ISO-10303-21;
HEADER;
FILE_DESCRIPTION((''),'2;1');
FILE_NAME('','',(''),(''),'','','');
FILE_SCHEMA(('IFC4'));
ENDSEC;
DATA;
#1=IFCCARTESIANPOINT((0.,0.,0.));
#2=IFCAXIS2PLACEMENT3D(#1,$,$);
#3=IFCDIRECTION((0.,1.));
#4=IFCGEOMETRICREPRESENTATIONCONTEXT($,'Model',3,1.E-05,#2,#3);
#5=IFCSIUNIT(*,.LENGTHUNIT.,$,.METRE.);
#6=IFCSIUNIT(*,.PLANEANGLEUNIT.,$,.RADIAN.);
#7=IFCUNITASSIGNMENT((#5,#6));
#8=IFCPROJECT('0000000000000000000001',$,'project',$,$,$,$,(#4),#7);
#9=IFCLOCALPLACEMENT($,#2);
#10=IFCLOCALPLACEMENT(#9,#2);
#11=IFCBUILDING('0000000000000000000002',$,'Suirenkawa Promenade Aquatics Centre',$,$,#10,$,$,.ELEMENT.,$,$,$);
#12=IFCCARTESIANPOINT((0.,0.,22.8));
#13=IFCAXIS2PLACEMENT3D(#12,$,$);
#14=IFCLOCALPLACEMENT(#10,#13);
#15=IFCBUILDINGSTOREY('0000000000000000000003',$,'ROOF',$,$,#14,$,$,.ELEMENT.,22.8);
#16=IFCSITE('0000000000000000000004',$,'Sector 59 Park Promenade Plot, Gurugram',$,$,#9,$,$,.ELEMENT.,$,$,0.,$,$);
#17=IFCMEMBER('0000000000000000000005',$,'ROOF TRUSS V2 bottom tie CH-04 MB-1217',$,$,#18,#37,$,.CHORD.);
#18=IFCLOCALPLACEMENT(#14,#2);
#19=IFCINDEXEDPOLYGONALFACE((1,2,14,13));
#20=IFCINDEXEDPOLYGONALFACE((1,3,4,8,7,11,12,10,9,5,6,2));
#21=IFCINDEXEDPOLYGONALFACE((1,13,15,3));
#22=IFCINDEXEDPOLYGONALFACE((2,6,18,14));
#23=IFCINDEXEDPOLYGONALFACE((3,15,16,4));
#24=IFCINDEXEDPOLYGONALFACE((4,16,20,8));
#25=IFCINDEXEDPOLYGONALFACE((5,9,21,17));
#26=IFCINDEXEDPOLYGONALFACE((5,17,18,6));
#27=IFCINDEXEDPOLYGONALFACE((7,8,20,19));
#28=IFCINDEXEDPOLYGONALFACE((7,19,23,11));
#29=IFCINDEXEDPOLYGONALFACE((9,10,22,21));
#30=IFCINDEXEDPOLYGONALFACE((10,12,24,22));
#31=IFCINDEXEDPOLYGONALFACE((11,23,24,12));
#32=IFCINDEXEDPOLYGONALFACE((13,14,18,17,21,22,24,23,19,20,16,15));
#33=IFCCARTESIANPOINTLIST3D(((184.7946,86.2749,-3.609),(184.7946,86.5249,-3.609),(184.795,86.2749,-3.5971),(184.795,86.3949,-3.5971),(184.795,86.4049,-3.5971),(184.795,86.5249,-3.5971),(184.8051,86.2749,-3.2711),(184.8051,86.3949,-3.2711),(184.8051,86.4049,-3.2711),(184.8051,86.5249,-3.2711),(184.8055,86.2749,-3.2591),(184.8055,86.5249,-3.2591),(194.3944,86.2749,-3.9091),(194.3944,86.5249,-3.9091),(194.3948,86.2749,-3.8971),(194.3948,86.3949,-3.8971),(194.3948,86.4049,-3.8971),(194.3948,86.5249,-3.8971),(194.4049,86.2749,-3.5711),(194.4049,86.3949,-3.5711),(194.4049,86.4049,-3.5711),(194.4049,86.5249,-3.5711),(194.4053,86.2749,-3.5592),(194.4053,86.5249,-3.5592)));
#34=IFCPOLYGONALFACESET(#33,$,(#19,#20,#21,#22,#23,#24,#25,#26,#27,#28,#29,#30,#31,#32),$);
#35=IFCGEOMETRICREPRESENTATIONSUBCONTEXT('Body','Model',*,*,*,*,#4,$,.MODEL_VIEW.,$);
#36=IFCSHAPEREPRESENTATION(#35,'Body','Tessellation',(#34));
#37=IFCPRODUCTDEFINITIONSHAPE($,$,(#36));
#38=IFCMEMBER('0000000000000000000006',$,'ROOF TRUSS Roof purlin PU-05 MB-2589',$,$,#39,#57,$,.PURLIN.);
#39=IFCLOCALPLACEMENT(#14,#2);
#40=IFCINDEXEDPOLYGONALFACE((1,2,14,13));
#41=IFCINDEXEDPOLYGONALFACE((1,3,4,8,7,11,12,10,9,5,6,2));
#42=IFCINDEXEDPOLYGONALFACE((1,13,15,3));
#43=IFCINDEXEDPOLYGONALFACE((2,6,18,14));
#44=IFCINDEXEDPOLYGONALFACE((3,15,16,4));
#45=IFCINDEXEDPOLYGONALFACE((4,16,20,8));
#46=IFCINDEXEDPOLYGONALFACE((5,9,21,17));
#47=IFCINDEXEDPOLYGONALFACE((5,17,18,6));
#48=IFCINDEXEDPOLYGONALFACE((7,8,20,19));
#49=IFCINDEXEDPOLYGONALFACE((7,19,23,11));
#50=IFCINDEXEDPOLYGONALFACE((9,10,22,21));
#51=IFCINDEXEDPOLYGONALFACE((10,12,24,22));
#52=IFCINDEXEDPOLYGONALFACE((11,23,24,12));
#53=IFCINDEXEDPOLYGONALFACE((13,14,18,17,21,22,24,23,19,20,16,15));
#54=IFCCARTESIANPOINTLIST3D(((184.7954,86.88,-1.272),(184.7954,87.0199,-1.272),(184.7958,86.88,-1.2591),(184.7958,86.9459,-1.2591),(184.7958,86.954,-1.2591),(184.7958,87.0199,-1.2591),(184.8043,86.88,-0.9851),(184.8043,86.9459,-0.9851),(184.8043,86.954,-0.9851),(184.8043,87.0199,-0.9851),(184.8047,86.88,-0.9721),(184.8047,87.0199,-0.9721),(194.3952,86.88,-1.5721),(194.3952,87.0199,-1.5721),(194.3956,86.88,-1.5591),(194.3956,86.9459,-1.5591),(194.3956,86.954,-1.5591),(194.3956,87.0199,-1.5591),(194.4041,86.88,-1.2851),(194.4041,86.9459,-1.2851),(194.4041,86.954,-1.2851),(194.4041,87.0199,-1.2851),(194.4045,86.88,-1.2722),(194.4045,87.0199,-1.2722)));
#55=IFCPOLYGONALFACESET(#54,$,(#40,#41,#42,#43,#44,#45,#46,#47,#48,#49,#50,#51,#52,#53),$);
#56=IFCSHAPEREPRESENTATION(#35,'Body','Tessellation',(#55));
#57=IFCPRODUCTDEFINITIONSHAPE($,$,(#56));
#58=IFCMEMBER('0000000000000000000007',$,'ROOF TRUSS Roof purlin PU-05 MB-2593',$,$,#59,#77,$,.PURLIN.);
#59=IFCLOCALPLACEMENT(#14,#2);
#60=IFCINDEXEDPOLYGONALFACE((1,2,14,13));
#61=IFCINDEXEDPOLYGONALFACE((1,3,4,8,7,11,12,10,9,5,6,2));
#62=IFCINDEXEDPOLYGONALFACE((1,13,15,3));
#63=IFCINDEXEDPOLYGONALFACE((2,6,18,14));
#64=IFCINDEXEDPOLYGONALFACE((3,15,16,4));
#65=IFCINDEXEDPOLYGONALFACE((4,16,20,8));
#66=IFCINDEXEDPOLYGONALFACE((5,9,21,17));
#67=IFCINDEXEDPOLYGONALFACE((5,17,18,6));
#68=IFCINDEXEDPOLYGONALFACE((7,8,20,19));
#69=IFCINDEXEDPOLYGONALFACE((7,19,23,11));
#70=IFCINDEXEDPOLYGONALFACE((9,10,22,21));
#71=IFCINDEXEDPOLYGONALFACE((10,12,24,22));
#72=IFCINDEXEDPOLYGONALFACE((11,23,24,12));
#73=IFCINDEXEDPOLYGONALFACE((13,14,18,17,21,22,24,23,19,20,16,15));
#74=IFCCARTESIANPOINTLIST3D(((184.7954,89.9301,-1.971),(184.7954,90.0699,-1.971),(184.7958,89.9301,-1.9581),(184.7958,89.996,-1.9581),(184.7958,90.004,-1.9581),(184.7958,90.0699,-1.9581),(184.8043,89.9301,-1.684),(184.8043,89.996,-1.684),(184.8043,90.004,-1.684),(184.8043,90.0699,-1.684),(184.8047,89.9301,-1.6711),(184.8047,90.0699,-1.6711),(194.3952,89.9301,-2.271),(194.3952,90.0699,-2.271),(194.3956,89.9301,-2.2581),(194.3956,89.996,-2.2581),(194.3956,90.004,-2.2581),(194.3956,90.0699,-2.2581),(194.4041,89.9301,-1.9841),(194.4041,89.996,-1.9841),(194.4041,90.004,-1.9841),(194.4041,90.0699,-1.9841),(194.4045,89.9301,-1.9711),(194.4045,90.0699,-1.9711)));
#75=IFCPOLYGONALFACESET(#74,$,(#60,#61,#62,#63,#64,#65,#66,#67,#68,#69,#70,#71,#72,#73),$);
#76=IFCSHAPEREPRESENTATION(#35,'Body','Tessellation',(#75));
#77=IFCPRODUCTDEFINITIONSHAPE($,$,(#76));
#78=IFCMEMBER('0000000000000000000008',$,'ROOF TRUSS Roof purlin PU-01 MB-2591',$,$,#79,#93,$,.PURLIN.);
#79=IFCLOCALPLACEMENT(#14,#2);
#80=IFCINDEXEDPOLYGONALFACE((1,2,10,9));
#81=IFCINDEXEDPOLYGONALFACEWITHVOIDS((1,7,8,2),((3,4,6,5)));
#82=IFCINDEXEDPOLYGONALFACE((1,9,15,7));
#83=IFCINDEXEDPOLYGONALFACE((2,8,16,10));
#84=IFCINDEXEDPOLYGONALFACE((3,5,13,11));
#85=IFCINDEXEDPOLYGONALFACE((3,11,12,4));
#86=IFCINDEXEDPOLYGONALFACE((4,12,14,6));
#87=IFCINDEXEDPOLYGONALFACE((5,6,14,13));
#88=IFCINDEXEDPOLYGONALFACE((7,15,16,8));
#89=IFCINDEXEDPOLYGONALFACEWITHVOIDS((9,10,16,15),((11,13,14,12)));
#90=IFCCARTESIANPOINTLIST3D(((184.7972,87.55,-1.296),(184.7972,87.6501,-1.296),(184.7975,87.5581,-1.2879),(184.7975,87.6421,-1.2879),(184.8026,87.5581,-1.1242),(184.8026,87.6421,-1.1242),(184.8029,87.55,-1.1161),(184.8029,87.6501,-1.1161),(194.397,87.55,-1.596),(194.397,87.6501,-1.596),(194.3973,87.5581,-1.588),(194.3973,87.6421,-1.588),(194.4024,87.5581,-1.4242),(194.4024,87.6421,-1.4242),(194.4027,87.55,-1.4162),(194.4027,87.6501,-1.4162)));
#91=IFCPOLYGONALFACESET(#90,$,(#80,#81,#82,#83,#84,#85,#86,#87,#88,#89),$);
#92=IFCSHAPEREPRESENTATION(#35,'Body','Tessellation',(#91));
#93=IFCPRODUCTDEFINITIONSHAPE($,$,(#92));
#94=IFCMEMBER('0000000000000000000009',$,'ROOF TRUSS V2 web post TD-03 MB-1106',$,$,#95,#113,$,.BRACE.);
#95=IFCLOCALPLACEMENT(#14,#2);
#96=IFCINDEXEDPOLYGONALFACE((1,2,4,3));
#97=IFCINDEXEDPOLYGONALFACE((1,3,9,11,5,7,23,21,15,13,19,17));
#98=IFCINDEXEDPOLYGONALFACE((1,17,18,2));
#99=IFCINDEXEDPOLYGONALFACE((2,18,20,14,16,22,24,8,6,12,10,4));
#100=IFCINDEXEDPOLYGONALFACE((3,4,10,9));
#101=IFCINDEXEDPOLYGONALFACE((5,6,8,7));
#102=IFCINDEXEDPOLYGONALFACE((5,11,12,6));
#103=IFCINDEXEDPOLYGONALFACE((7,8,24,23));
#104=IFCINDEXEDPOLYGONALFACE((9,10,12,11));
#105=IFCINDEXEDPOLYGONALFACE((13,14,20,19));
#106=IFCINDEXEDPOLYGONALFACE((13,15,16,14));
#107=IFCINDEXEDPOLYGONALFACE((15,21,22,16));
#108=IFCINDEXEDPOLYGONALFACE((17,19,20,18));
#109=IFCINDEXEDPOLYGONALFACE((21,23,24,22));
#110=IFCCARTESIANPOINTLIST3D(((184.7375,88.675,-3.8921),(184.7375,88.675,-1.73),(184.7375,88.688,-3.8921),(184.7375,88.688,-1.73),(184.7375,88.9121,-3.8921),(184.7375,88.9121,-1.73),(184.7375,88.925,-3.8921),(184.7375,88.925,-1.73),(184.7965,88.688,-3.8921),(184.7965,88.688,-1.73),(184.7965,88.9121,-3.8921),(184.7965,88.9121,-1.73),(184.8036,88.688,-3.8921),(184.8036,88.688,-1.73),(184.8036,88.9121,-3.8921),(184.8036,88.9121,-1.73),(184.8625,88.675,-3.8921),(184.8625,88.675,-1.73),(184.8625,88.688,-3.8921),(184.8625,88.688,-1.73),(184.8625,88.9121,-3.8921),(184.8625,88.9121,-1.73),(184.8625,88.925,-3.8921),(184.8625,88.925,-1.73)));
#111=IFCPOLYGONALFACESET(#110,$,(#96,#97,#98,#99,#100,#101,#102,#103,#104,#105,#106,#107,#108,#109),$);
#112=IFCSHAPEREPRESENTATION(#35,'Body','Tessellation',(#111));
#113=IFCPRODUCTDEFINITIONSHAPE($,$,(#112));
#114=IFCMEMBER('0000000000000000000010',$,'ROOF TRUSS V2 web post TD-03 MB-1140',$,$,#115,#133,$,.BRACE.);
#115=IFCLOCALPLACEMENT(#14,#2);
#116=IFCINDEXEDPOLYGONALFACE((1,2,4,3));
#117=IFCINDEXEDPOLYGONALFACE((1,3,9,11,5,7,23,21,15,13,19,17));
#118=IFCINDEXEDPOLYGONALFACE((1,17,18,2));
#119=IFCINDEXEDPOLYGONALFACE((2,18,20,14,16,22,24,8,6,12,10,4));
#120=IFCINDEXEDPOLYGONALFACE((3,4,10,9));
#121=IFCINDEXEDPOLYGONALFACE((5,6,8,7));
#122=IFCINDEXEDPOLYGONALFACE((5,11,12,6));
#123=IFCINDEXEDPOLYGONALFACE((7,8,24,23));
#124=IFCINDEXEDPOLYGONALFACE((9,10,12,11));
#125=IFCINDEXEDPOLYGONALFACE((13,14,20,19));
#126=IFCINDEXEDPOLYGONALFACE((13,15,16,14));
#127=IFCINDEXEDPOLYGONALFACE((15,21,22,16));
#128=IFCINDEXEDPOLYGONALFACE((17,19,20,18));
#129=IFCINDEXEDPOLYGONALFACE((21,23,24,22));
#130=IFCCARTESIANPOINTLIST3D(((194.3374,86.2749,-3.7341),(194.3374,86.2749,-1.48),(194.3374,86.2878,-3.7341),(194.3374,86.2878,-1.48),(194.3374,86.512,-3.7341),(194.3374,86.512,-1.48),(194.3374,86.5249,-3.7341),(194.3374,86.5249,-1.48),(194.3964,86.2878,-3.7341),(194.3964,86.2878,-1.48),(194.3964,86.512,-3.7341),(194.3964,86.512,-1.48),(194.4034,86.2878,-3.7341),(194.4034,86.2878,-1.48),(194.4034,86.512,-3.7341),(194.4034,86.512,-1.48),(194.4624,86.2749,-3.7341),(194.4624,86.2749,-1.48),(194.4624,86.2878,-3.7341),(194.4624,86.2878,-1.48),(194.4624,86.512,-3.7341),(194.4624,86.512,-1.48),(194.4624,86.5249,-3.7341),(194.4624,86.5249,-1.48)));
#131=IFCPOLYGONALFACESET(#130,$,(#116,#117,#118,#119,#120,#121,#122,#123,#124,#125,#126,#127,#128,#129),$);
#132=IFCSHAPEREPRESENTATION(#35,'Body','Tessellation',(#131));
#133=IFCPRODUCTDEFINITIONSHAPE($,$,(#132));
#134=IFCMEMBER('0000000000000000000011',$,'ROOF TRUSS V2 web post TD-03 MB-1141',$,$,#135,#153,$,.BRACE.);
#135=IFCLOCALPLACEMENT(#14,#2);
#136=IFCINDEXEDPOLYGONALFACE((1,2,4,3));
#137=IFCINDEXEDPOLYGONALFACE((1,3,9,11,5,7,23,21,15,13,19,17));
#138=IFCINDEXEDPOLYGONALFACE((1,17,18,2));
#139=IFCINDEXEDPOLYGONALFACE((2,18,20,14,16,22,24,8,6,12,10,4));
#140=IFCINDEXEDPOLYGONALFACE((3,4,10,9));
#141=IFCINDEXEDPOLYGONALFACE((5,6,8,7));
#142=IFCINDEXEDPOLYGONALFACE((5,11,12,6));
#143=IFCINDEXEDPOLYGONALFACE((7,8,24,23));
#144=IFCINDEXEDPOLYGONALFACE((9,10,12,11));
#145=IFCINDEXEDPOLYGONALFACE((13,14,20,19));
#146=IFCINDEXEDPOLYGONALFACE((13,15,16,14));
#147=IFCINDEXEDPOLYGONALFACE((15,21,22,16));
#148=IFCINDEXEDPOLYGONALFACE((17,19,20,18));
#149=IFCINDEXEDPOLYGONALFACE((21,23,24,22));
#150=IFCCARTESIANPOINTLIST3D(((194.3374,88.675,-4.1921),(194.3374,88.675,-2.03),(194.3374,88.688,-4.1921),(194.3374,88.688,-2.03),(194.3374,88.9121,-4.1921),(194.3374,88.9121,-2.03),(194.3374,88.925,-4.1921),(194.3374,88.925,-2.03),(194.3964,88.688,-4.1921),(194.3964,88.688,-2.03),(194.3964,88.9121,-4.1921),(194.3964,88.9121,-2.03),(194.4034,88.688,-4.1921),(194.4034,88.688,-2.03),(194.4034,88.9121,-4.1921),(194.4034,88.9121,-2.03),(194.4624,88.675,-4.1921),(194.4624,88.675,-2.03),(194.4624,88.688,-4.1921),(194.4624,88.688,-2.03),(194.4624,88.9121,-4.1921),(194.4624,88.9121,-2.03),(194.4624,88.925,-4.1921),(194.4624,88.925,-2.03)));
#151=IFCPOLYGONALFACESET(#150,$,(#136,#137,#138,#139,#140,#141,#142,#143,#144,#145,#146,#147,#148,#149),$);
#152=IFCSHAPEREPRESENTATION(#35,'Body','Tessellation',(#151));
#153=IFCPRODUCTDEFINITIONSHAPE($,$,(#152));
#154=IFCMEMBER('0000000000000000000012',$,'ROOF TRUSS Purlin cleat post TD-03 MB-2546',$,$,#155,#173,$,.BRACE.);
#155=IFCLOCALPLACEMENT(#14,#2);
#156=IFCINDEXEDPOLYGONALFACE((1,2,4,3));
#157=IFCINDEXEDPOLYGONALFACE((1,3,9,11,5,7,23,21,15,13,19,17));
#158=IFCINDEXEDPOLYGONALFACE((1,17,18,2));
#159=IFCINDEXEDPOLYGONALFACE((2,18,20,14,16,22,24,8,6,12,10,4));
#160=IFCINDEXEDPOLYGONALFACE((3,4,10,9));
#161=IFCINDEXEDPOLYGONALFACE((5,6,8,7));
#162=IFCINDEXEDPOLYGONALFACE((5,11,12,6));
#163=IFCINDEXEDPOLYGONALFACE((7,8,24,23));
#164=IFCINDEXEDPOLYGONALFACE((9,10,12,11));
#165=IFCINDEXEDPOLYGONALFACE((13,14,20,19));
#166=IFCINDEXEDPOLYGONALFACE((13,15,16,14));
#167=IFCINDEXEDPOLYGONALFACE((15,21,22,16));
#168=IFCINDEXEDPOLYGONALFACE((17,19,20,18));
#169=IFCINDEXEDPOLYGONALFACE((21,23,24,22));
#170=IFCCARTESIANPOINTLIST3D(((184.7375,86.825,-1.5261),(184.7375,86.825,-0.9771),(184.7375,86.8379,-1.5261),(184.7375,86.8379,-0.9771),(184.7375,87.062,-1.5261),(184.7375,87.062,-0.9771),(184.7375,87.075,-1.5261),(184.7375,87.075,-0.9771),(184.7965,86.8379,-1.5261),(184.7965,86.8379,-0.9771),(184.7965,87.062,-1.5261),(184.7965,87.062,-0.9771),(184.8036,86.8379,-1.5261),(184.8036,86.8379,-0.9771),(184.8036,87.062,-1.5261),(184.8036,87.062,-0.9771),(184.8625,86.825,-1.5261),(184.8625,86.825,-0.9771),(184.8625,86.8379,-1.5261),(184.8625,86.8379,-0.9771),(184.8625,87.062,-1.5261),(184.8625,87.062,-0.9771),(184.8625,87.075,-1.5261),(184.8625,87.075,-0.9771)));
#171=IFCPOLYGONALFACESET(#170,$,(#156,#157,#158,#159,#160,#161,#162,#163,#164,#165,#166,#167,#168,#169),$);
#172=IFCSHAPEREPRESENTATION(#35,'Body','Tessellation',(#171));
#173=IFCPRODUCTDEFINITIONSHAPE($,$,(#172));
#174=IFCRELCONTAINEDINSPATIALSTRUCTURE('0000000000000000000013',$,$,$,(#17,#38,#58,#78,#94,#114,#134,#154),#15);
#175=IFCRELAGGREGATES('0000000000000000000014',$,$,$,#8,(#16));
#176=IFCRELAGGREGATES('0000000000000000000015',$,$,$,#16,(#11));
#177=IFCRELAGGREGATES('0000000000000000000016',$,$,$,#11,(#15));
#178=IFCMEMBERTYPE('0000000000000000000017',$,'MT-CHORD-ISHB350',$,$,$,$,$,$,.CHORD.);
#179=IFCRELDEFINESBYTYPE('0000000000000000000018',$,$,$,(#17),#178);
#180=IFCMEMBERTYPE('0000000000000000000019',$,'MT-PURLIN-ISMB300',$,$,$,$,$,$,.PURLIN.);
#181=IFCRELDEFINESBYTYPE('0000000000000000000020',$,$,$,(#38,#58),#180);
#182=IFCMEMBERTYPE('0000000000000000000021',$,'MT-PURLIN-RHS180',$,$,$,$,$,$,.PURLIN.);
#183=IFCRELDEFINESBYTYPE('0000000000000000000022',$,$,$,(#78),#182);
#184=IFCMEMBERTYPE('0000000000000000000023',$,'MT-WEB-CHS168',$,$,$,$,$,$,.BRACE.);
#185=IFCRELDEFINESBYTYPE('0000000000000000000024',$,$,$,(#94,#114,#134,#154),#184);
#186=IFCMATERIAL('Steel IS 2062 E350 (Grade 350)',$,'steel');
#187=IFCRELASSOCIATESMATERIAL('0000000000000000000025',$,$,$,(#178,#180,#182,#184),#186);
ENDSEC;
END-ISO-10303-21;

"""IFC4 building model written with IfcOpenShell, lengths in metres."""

from ifc_helpers import new_model, si_unit, direction, frame, origin, origin_2d, place, context, subcontext, project, spatial, hollow_rectangle, i_section, extrude, material, material_profile, profile_set, type_object, element, save


model = new_model("IFC4")

# Units and contexts
model_context = context("Model", 3, precision=1e-05, world=origin(), true_north=direction((0.0, 1.0)))
body_context = subcontext(model_context, "Body", "Model", "MODEL_VIEW")
ifc_project = project(units=[si_unit("LENGTHUNIT", "METRE"), si_unit("PLANEANGLEUNIT", "RADIAN")], contexts=[model_context])

# Site, building, storey
site_placement = place(None, origin())
site = spatial("IfcSite", under=ifc_project, at=site_placement, Name="Sector 59 Park Promenade Plot, Gurugram", CompositionType="ELEMENT", RefElevation=0.0)
building_placement = place(site_placement, origin())
building = spatial("IfcBuilding", under=site, at=building_placement, Name="Suirenkawa Promenade Aquatics Centre", CompositionType="ELEMENT")
storey_placement = place(building_placement, frame((0.0, 0.0, 22.8)))
storey = spatial("IfcBuildingStorey", under=building, at=storey_placement, Name="ROOF", CompositionType="ELEMENT", Elevation=22.8)

# Shared definitions
ifc_material_1 = material(Name="Steel IS 2062 E350 (Grade 350)", Category="steel")

# Members
ifc_material_profile_1 = material_profile(ifc_material_1, i_section(OverallWidth=0.25, OverallDepth=0.3501, WebThickness=0.01, FlangeThickness=0.012, at=origin_2d()), Name="ISHB 350", Category="steel")
ifc_profile_set_1 = profile_set([ifc_material_profile_1], Name="Steel IS 2062 E350 (Grade 350)")
member_type_1 = type_object("IfcMemberType", Name="MT-CHORD-ISHB350", PredefinedType="CHORD", material=ifc_profile_set_1)
member_1_placement = place(storey_placement, frame((184.8, 86.3999, -3.4341), z_axis=(0.999512, 0.0, -0.03124), x_axis=(0.0, 1.0, 0.0)))
element("IfcMember", 1, at=member_1_placement, inside=storey, type_object=member_type_1, Name="ROOF TRUSS V2 bottom tie CH-04 MB-1217", PredefinedType="CHORD", context=body_context, shape_type="SweptSolid", body=[
    extrude(i_section(OverallWidth=0.25, OverallDepth=0.3501, WebThickness=0.01, FlangeThickness=0.012, at=origin_2d()), origin(), (0.0, 0.0, 1.0), 9.6045),
])
ifc_material_profile_2 = material_profile(ifc_material_1, i_section(OverallWidth=0.1399, OverallDepth=0.3, WebThickness=0.0081, FlangeThickness=0.0129, at=origin_2d()), Name="ISMB 300", Category="steel")
ifc_profile_set_2 = profile_set([ifc_material_profile_2], Name="Steel IS 2062 E350 (Grade 350)")
member_type_2 = type_object("IfcMemberType", Name="MT-PURLIN-ISMB300", PredefinedType="PURLIN", material=ifc_profile_set_2)
for number, where, z_axis, x_axis, name in (
    (2, (184.8, 86.95, -1.1221), (0.999512, 0.0, -0.03124), (0.0, 1.0, 0.0), "ROOF TRUSS Roof purlin PU-05 MB-2589"),
    (3, (184.8, 90.0, -1.821), (0.999512, 0.0, -0.03124), (0.0, 1.0, 0.0), "ROOF TRUSS Roof purlin PU-05 MB-2593"),
):
    element("IfcMember", number, at=place(storey_placement, frame(where, z_axis=z_axis, x_axis=x_axis)), inside=storey, type_object=member_type_2, Name=name, PredefinedType="PURLIN", context=body_context, shape_type="SweptSolid", body=[
        extrude(i_section(OverallWidth=0.1399, OverallDepth=0.3, WebThickness=0.0081, FlangeThickness=0.0129, at=origin_2d()), origin(), (0.0, 0.0, 1.0), 9.6045),
    ])
ifc_material_profile_3 = material_profile(ifc_material_1, hollow_rectangle(XDim=0.1001, YDim=0.1799, WallThickness=0.0081, at=origin_2d()), Name="RHS 180x100x8", Category="steel")
ifc_profile_set_3 = profile_set([ifc_material_profile_3], Name="Steel IS 2062 E350 (Grade 350)")
member_type_3 = type_object("IfcMemberType", Name="MT-PURLIN-RHS180", PredefinedType="PURLIN", material=ifc_profile_set_3)
member_2_placement = place(storey_placement, frame((184.8, 87.6001, -1.2061), z_axis=(0.999512, 0.0, -0.03124), x_axis=(0.0, 1.0, 0.0)))
element("IfcMember", 4, at=member_2_placement, inside=storey, type_object=member_type_3, Name="ROOF TRUSS Roof purlin PU-01 MB-2591", PredefinedType="PURLIN", context=body_context, shape_type="SweptSolid", body=[
    extrude(hollow_rectangle(XDim=0.1001, YDim=0.1799, WallThickness=0.0081, at=origin_2d()), origin(), (0.0, 0.0, 1.0), 9.6045),
])
ifc_material_profile_4 = material_profile(ifc_material_1, i_section(OverallWidth=0.125, OverallDepth=0.25, WebThickness=0.0071, FlangeThickness=0.0129, at=origin_2d()), Name="ISMB 250", Category="steel")
ifc_profile_set_4 = profile_set([ifc_material_profile_4], Name="Steel IS 2062 E350 (Grade 350)")
member_type_4 = type_object("IfcMemberType", Name="MT-WEB-CHS168", PredefinedType="BRACE", material=ifc_profile_set_4)
member_3_placement = place(storey_placement, frame((184.8, 88.8, -3.8921), z_axis=(0.0, 0.0, 1.0), x_axis=(1.0, 0.0, 0.0)))
element("IfcMember", 5, at=member_3_placement, inside=storey, type_object=member_type_4, Name="ROOF TRUSS V2 web post TD-03 MB-1106", PredefinedType="BRACE", context=body_context, shape_type="SweptSolid", body=[
    extrude(i_section(OverallWidth=0.125, OverallDepth=0.25, WebThickness=0.0071, FlangeThickness=0.0129, at=origin_2d()), origin(), (0.0, 0.0, 1.0), 2.1621),
])
member_4_placement = place(storey_placement, frame((194.3999, 86.3999, -3.7341), z_axis=(0.0, 0.0, 1.0), x_axis=(1.0, 0.0, 0.0)))
element("IfcMember", 6, at=member_4_placement, inside=storey, type_object=member_type_4, Name="ROOF TRUSS V2 web post TD-03 MB-1140", PredefinedType="BRACE", context=body_context, shape_type="SweptSolid", body=[
    extrude(i_section(OverallWidth=0.125, OverallDepth=0.25, WebThickness=0.0071, FlangeThickness=0.0129, at=origin_2d()), origin(), (0.0, 0.0, 1.0), 2.2542),
])
member_5_placement = place(storey_placement, frame((194.3999, 88.8, -4.1921), z_axis=(0.0, 0.0, 1.0), x_axis=(1.0, 0.0, 0.0)))
element("IfcMember", 7, at=member_5_placement, inside=storey, type_object=member_type_4, Name="ROOF TRUSS V2 web post TD-03 MB-1141", PredefinedType="BRACE", context=body_context, shape_type="SweptSolid", body=[
    extrude(i_section(OverallWidth=0.125, OverallDepth=0.25, WebThickness=0.0071, FlangeThickness=0.0129, at=origin_2d()), origin(), (0.0, 0.0, 1.0), 2.1621),
])
member_6_placement = place(storey_placement, frame((184.8, 86.95, -1.5261), z_axis=(0.0, 0.0, 1.0), x_axis=(1.0, 0.0, 0.0)))
element("IfcMember", 8, at=member_6_placement, inside=storey, type_object=member_type_4, Name="ROOF TRUSS Purlin cleat post TD-03 MB-2546", PredefinedType="BRACE", context=body_context, shape_type="SweptSolid", body=[
    extrude(i_section(OverallWidth=0.125, OverallDepth=0.25, WebThickness=0.0071, FlangeThickness=0.0129, at=origin_2d()), origin(), (0.0, 0.0, 1.0), 0.5491),
])

save(model, "model.ifc")
